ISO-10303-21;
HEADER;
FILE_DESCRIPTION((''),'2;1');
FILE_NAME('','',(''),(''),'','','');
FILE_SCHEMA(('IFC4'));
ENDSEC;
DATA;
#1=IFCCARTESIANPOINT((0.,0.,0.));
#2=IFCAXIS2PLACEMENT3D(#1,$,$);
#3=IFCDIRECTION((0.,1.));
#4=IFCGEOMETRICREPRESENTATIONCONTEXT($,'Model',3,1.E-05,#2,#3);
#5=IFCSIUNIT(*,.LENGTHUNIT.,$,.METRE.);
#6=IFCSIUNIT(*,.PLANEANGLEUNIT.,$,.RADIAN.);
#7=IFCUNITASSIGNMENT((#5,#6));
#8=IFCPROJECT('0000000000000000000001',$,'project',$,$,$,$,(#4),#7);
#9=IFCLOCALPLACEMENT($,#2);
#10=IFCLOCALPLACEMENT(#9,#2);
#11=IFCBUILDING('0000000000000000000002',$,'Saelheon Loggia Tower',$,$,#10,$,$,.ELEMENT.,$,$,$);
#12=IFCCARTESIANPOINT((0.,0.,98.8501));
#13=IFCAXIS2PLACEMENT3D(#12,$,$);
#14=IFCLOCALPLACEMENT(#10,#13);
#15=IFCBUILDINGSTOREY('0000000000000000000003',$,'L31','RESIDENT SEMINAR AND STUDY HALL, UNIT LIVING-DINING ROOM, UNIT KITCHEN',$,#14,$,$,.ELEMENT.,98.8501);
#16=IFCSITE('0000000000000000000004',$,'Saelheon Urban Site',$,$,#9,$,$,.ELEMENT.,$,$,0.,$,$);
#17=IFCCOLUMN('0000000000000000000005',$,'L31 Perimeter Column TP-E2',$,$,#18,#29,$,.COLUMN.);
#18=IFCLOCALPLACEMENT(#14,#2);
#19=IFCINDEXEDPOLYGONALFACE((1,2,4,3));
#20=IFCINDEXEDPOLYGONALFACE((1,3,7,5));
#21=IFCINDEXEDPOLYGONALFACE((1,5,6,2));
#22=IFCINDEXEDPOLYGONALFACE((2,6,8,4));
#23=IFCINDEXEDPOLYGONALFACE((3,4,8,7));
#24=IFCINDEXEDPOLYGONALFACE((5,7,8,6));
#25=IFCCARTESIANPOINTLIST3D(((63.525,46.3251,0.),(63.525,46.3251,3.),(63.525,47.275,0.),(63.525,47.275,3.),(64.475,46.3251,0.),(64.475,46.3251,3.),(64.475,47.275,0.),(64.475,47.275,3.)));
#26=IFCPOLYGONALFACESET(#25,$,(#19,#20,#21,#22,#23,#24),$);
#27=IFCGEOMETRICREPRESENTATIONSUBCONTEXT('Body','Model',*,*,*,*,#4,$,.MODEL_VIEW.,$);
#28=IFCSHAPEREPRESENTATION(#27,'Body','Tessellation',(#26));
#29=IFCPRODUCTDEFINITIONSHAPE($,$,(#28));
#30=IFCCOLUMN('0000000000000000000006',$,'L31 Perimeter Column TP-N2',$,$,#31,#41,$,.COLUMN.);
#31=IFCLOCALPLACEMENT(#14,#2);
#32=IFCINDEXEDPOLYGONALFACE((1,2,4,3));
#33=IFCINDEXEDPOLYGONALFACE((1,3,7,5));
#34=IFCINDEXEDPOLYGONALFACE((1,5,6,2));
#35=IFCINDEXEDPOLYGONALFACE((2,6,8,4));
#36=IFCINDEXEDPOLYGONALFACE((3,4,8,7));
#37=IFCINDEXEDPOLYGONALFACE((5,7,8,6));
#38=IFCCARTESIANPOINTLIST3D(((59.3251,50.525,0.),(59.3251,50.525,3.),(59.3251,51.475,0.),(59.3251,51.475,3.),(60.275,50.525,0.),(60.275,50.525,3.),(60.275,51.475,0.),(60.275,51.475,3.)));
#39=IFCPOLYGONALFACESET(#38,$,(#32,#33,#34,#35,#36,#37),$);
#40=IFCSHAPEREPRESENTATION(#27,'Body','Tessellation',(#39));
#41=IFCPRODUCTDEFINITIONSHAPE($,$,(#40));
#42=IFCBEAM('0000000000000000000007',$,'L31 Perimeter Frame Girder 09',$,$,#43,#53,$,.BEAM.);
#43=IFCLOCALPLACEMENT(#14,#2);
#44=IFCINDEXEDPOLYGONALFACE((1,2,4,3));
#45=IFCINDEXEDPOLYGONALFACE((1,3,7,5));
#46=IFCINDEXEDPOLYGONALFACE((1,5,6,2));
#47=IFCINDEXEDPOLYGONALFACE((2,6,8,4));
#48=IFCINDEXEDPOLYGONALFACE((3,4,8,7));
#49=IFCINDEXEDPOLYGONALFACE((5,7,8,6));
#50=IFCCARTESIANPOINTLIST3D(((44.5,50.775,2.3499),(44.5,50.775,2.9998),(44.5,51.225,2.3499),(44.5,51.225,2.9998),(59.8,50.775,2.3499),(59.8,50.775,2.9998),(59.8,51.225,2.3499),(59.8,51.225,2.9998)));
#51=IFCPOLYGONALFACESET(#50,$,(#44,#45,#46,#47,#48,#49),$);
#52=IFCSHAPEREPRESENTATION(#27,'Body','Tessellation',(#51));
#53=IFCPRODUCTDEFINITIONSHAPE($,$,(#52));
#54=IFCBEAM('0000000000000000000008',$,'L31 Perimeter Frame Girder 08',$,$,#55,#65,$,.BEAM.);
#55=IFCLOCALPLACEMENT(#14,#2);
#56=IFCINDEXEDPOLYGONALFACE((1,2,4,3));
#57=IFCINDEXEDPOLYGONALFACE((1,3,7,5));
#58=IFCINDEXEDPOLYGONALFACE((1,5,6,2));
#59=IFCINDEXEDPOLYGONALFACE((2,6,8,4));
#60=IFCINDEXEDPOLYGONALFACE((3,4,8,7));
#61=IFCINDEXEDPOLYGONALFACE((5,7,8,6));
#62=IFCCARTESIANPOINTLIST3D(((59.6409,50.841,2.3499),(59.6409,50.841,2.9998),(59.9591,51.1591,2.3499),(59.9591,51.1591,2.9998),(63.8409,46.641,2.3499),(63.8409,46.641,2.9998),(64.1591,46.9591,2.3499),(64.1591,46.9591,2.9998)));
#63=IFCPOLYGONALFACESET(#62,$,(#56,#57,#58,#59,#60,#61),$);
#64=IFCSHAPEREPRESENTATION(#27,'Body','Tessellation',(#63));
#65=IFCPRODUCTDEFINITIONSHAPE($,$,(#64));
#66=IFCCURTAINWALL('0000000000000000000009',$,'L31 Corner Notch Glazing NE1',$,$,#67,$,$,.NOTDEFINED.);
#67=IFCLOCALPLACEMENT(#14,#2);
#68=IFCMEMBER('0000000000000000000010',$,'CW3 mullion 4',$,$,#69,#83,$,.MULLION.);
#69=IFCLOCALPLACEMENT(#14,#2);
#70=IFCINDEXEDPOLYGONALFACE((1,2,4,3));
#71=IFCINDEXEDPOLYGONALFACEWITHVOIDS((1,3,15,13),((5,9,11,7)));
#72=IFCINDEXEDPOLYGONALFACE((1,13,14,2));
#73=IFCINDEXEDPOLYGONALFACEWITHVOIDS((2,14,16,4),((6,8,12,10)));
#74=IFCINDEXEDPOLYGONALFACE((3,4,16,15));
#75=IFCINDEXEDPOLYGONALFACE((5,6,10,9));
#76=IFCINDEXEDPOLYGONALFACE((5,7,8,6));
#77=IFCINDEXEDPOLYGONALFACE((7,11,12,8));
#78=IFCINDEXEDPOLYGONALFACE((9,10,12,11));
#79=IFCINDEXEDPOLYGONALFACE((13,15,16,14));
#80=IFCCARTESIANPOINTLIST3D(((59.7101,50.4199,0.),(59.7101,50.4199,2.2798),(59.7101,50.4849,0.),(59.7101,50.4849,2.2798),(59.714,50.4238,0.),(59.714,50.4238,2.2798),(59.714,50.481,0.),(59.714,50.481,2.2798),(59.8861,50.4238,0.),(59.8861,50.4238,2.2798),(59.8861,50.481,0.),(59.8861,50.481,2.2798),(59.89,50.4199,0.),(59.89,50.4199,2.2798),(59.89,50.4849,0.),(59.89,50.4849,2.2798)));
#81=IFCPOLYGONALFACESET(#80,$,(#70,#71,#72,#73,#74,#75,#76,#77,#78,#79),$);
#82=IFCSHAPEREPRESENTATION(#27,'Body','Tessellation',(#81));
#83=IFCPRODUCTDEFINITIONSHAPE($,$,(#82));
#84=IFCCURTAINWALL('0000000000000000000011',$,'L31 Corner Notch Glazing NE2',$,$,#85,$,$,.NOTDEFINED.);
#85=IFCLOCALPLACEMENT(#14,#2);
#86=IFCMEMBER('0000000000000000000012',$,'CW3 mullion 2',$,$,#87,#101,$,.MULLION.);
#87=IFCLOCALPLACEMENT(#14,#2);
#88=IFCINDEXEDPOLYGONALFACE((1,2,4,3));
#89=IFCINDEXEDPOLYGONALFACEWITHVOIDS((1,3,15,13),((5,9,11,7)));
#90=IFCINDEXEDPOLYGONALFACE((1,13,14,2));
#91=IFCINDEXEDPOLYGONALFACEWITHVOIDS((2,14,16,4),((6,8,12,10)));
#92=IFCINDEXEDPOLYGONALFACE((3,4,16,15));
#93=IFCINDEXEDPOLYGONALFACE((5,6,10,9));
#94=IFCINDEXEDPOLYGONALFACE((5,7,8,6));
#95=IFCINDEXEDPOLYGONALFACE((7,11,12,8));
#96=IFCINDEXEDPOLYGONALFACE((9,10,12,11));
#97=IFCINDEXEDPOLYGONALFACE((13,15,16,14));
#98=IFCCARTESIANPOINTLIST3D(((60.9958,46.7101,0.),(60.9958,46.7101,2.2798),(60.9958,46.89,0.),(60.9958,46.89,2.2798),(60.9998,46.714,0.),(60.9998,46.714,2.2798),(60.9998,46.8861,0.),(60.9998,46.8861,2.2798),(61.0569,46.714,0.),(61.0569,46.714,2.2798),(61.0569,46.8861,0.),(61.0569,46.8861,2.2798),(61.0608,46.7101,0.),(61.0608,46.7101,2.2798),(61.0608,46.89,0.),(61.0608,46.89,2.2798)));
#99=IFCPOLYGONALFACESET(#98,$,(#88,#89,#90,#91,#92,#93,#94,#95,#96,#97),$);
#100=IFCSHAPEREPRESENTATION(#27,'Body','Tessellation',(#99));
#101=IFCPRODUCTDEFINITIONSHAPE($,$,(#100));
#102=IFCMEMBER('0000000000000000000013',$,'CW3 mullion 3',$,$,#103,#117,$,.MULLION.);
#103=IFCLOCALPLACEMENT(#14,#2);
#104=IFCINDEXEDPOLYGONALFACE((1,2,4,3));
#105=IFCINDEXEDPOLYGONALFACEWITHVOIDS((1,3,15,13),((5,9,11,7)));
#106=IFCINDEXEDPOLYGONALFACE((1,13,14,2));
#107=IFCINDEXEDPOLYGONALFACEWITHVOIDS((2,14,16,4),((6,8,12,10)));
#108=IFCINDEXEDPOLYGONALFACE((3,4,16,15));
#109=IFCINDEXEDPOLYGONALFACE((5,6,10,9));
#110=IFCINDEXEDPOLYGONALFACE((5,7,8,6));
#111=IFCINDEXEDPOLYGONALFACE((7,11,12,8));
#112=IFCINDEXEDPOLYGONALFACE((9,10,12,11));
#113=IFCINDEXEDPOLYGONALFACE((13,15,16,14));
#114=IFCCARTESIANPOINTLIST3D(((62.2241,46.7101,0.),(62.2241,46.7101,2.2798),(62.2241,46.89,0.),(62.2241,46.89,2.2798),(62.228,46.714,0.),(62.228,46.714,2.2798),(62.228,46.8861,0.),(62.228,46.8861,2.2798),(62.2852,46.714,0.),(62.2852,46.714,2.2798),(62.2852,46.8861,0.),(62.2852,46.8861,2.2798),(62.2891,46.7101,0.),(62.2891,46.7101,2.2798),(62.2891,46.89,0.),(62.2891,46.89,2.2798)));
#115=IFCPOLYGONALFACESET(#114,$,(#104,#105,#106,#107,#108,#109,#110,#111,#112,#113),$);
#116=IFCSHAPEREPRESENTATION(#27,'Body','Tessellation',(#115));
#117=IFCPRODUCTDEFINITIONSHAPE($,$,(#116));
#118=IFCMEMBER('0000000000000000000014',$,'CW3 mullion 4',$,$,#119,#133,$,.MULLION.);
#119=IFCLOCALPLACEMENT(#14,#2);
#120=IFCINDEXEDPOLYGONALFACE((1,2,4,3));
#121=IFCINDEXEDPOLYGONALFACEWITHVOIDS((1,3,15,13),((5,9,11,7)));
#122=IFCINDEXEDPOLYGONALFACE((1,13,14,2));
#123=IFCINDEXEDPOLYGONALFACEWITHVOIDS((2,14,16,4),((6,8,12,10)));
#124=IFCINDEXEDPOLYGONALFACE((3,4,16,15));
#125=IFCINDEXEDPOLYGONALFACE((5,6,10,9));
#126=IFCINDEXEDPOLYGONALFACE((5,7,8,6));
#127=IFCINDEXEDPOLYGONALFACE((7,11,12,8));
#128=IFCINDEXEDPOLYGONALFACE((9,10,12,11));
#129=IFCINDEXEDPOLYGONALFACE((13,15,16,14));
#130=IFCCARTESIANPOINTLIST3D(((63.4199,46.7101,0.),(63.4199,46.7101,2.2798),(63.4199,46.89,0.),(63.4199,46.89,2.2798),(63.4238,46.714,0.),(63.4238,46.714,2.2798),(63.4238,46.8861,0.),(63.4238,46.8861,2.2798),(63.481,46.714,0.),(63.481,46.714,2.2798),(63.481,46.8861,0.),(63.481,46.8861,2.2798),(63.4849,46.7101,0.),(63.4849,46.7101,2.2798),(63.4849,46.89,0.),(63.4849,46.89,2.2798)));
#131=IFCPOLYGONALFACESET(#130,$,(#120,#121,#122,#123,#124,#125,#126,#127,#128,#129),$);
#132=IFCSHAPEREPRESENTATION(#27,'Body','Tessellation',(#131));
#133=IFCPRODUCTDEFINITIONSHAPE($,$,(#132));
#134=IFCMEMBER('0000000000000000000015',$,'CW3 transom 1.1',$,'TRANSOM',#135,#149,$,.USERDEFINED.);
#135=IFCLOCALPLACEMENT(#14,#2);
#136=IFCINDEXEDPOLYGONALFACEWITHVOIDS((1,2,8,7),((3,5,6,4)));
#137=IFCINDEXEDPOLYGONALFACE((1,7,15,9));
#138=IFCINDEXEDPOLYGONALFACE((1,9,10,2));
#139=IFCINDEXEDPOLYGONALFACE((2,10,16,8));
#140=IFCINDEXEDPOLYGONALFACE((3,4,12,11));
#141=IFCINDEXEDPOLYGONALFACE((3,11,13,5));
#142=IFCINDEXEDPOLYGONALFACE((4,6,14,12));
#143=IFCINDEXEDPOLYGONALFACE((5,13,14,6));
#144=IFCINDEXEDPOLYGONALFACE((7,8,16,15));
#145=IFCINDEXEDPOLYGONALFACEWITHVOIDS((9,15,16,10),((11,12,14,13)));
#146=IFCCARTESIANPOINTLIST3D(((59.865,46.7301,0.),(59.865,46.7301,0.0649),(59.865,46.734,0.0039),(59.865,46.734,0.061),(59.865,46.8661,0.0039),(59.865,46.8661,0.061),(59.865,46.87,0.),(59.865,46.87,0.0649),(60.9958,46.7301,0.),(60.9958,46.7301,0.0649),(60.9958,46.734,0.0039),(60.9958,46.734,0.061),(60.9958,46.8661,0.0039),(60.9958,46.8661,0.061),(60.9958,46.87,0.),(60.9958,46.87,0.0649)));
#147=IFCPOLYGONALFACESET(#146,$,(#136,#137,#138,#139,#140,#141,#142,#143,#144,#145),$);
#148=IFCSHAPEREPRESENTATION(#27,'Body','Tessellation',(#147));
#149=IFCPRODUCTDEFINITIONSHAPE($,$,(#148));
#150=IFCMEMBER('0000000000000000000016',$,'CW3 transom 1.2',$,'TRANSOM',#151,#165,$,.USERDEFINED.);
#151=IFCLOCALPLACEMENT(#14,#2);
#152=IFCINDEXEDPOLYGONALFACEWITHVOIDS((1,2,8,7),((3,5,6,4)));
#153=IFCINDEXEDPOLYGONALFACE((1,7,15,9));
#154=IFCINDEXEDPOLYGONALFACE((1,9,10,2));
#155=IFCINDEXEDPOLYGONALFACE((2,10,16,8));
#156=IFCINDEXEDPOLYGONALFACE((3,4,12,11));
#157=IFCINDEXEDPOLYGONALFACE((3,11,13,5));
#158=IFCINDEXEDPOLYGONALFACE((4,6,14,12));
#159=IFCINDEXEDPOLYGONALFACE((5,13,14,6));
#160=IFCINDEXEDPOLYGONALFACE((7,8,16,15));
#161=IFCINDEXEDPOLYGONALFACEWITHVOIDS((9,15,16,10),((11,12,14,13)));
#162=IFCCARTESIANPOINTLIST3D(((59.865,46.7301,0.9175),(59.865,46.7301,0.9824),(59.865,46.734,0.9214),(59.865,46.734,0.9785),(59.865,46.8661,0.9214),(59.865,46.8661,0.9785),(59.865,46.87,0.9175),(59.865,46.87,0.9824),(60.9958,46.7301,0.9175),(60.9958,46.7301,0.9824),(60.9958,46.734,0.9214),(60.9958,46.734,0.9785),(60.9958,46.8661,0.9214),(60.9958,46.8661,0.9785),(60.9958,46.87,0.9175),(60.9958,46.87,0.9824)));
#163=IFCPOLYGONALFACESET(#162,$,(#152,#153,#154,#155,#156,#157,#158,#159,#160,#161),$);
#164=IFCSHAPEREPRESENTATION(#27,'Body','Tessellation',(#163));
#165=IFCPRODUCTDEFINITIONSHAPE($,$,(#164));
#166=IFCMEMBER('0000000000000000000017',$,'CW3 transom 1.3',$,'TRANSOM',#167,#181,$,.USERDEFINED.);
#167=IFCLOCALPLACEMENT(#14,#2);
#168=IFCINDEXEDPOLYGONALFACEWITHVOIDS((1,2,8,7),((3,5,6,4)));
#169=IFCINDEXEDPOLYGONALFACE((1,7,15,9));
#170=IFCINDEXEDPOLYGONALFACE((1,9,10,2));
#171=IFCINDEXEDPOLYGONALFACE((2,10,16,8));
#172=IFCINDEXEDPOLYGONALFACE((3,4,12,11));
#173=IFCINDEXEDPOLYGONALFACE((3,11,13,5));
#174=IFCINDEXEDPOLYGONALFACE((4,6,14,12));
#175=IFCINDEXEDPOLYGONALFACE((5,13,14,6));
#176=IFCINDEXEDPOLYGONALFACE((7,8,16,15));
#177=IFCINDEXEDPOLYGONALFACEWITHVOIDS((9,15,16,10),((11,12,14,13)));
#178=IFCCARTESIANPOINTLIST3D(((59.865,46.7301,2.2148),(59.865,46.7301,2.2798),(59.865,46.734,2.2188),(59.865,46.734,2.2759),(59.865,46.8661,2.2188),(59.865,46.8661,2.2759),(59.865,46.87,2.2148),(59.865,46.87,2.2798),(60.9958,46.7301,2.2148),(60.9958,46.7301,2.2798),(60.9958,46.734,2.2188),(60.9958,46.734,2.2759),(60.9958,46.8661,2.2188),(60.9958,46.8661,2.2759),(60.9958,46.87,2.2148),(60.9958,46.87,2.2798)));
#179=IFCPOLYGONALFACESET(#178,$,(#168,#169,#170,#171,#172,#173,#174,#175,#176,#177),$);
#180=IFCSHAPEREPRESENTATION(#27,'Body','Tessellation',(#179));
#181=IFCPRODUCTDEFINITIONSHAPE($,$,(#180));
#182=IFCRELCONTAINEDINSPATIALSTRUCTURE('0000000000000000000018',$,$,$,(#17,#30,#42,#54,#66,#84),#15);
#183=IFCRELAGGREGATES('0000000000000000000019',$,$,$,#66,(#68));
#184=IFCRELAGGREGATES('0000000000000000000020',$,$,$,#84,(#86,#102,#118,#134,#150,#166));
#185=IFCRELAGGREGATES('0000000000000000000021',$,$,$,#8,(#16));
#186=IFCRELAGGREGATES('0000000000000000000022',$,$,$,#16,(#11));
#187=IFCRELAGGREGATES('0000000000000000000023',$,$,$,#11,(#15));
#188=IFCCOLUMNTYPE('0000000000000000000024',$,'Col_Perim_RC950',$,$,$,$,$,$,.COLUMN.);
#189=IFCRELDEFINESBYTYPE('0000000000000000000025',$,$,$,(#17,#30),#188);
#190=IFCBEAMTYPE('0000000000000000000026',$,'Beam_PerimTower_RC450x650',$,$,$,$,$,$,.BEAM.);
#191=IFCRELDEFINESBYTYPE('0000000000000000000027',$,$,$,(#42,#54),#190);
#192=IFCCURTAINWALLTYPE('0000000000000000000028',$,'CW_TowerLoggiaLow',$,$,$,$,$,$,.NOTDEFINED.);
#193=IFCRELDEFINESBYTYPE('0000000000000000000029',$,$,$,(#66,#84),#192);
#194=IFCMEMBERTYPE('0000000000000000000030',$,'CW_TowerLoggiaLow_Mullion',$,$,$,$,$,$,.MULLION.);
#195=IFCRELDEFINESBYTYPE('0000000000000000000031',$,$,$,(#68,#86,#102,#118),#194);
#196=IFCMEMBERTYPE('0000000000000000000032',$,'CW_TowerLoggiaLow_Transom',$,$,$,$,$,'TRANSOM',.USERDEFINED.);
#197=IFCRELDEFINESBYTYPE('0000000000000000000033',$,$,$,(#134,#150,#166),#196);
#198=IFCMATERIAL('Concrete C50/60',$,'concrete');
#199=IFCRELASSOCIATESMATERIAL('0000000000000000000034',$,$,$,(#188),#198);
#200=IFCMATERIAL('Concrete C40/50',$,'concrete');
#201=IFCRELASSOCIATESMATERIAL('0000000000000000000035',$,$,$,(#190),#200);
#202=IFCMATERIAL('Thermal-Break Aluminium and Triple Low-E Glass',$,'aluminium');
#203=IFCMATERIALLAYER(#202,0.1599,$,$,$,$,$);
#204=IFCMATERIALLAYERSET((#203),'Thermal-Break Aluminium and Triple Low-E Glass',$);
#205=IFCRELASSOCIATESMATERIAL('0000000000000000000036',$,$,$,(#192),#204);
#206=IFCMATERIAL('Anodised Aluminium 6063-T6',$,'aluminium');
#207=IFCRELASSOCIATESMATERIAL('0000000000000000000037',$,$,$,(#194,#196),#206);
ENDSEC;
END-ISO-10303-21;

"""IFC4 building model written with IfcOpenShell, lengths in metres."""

from ifc_helpers import new_model, si_unit, direction, frame, origin, origin_2d, place, context, subcontext, project, spatial, rectangle, hollow_rectangle, extrude, source, transform, mapped, material, layer, layer_set, material_profile, profile_set, type_object, element, aggregate, save


model = new_model("IFC4")

# Units and contexts
model_context = context("Model", 3, precision=1e-05, world=origin(), true_north=direction((0.0, 1.0)))
body_context = subcontext(model_context, "Body", "Model", "MODEL_VIEW")
ifc_project = project(units=[si_unit("LENGTHUNIT", "METRE"), si_unit("PLANEANGLEUNIT", "RADIAN")], contexts=[model_context])

# Site, building, storey
site_placement = place(None, origin())
site = spatial("IfcSite", under=ifc_project, at=site_placement, Name="Saelheon Urban Site", CompositionType="ELEMENT", RefElevation=0.0)
building_placement = place(site_placement, origin())
building = spatial("IfcBuilding", under=site, at=building_placement, Name="Saelheon Loggia Tower", CompositionType="ELEMENT")
storey_placement = place(building_placement, frame((0.0, 0.0, 98.8501)))
storey = spatial("IfcBuildingStorey", under=building, at=storey_placement, Name="L31", Description="RESIDENT SEMINAR AND STUDY HALL, UNIT LIVING-DINING ROOM, UNIT KITCHEN", CompositionType="ELEMENT", Elevation=98.8501)

# Columns
ifc_material_1 = material(Name="Concrete C50/60", Category="concrete")
ifc_material_profile_1 = material_profile(ifc_material_1, rectangle(XDim=0.95, YDim=0.95, at=origin_2d()), Name="RC-950x950")
ifc_profile_set_1 = profile_set([ifc_material_profile_1], Name="Concrete C50/60")
column_type = type_object("IfcColumnType", Name="Col_Perim_RC950", PredefinedType="COLUMN", material=ifc_profile_set_1)
shared_shape_1 = source(origin(), body_context, "Body", "SweptSolid", [
    extrude(rectangle(XDim=0.95, YDim=0.95, at=origin_2d()), origin(), (0.0, 0.0, 1.0), 3.0),
])
for number, where, z_axis, x_axis, name in (
    (1, (64.0, 46.8, 0.0), (0.0, 0.0, 1.0), (1.0, 0.0, 0.0), "L31 Perimeter Column TP-E2"),
    (2, (59.8, 51.0, 0.0), (0.0, 0.0, 1.0), (1.0, 0.0, 0.0), "L31 Perimeter Column TP-N2"),
):
    element("IfcColumn", number, at=place(storey_placement, frame(where, z_axis=z_axis, x_axis=x_axis)), inside=storey, type_object=column_type, Name=name, PredefinedType="COLUMN", context=body_context, shape_type="MappedRepresentation", body=[
        mapped(shared_shape_1, transform((0.0, 0.0, 0.0), scale=1.0)),
    ])

# Beams
ifc_material_2 = material(Name="Concrete C40/50", Category="concrete")
ifc_material_profile_2 = material_profile(ifc_material_2, rectangle(XDim=0.45, YDim=0.6499, at=origin_2d()), Name="RC-450x650")
ifc_profile_set_2 = profile_set([ifc_material_profile_2], Name="Concrete C40/50")
beam_type = type_object("IfcBeamType", Name="Beam_PerimTower_RC450x650", PredefinedType="BEAM", material=ifc_profile_set_2)
shared_shape_2 = source(origin(), body_context, "Body", "SweptSolid", [
    extrude(rectangle(XDim=0.45, YDim=0.6499, at=origin_2d()), origin(), (0.0, 0.0, 1.0), 15.3),
])
beam_1_placement = place(storey_placement, frame((59.8, 51.0, 2.6748), z_axis=(-1.0, 0.0, 0.0), x_axis=(0.0, -1.0, 0.0)))
element("IfcBeam", 3, at=beam_1_placement, inside=storey, type_object=beam_type, Name="L31 Perimeter Frame Girder 09", PredefinedType="BEAM", context=body_context, shape_type="MappedRepresentation", body=[
    mapped(shared_shape_2, transform((0.0, 0.0, 0.0), scale=1.0)),
])
shared_shape_3 = source(origin(), body_context, "Body", "SweptSolid", [
    extrude(rectangle(XDim=0.45, YDim=0.6499, at=origin_2d()), origin(), (0.0, 0.0, 1.0), 5.9397),
])
beam_2_placement = place(storey_placement, frame((64.0, 46.8, 2.6748), z_axis=(-0.707107, 0.707107, 0.0), x_axis=(-0.707107, -0.707107, 0.0)))
element("IfcBeam", 4, at=beam_2_placement, inside=storey, type_object=beam_type, Name="L31 Perimeter Frame Girder 08", PredefinedType="BEAM", context=body_context, shape_type="MappedRepresentation", body=[
    mapped(shared_shape_3, transform((0.0, 0.0, 0.0), scale=1.0)),
])

# Curtain wall, member
ifc_material_3 = material(Name="Thermal-Break Aluminium and Triple Low-E Glass", Category="aluminium")
ifc_layer_1 = layer(ifc_material_3, 0.1599)
ifc_layer_set_1 = layer_set([ifc_layer_1], Name="Thermal-Break Aluminium and Triple Low-E Glass")
curtain_wall_type = type_object("IfcCurtainWallType", Name="CW_TowerLoggiaLow", PredefinedType="NOTDEFINED", material=ifc_layer_set_1)
curtain_wall_1_placement = place(storey_placement, origin())
curtain_wall_1 = element("IfcCurtainWall", 5, at=curtain_wall_1_placement, inside=storey, type_object=curtain_wall_type, Name="L31 Corner Notch Glazing NE1", PredefinedType="NOTDEFINED")
ifc_material_4 = material(Name="Anodised Aluminium 6063-T6", Category="aluminium")
ifc_material_profile_3 = material_profile(ifc_material_4, hollow_rectangle(XDim=0.0649, YDim=0.1799, WallThickness=0.0039, at=origin_2d()), Name="RHS-180x65x4")
ifc_profile_set_3 = profile_set([ifc_material_profile_3], Name="Anodised Aluminium 6063-T6")
member_type_1 = type_object("IfcMemberType", Name="CW_TowerLoggiaLow_Mullion", PredefinedType="MULLION", material=ifc_profile_set_3)
shared_shape_4 = source(origin(), body_context, "Body", "SweptSolid", [
    extrude(hollow_rectangle(XDim=0.0649, YDim=0.1799, WallThickness=0.0039, at=origin_2d()), origin(), (0.0, 0.0, 1.0), 2.2798),
])
member_1_placement = place(storey_placement, frame((59.8, 50.4524, 0.0), z_axis=(0.0, 0.0, 1.0), x_axis=(0.0, 1.0, 0.0)))
member_1 = element("IfcMember", 6, at=member_1_placement, type_object=member_type_1, Name="CW3 mullion 4", PredefinedType="MULLION", context=body_context, shape_type="MappedRepresentation", body=[
    mapped(shared_shape_4, transform((0.0, 0.0, 0.0), scale=1.0)),
])
aggregate(curtain_wall_1, [member_1])

# Curtain wall, members
curtain_wall_2_placement = place(storey_placement, origin())
curtain_wall_2 = element("IfcCurtainWall", 7, at=curtain_wall_2_placement, inside=storey, type_object=curtain_wall_type, Name="L31 Corner Notch Glazing NE2", PredefinedType="NOTDEFINED")
member_2_placement = place(storey_placement, frame((61.0283, 46.8, 0.0), z_axis=(0.0, 0.0, 1.0), x_axis=(1.0, 0.0, 0.0)))
member_2 = element("IfcMember", 8, at=member_2_placement, type_object=member_type_1, Name="CW3 mullion 2", PredefinedType="MULLION", context=body_context, shape_type="MappedRepresentation", body=[
    mapped(shared_shape_4, transform((0.0, 0.0, 0.0), scale=1.0)),
])
member_3_placement = place(storey_placement, frame((62.2566, 46.8, 0.0), z_axis=(0.0, 0.0, 1.0), x_axis=(1.0, 0.0, 0.0)))
member_3 = element("IfcMember", 9, at=member_3_placement, type_object=member_type_1, Name="CW3 mullion 3", PredefinedType="MULLION", context=body_context, shape_type="MappedRepresentation", body=[
    mapped(shared_shape_4, transform((0.0, 0.0, 0.0), scale=1.0)),
])
member_4_placement = place(storey_placement, frame((63.4524, 46.8, 0.0), z_axis=(0.0, 0.0, 1.0), x_axis=(1.0, 0.0, 0.0)))
member_4 = element("IfcMember", 10, at=member_4_placement, type_object=member_type_1, Name="CW3 mullion 4", PredefinedType="MULLION", context=body_context, shape_type="MappedRepresentation", body=[
    mapped(shared_shape_4, transform((0.0, 0.0, 0.0), scale=1.0)),
])
ifc_material_profile_4 = material_profile(ifc_material_4, hollow_rectangle(XDim=0.0649, YDim=0.1399, WallThickness=0.0039, at=origin_2d()), Name="RHS-140x65x4")
ifc_profile_set_4 = profile_set([ifc_material_profile_4], Name="Anodised Aluminium 6063-T6")
member_type_2 = type_object("IfcMemberType", Name="CW_TowerLoggiaLow_Transom", ElementType="TRANSOM", PredefinedType="USERDEFINED", material=ifc_profile_set_4)
shared_shape_5 = source(origin(), body_context, "Body", "SweptSolid", [
    extrude(hollow_rectangle(XDim=0.0649, YDim=0.1399, WallThickness=0.0039, at=origin_2d()), origin(), (0.0, 0.0, 1.0), 1.1309),
])
member_5_placement = place(storey_placement, frame((59.865, 46.8, 0.0325), z_axis=(1.0, 0.0, 0.0), x_axis=(0.0, 0.0, 1.0)))
member_5 = element("IfcMember", 11, at=member_5_placement, type_object=member_type_2, Name="CW3 transom 1.1", ObjectType="TRANSOM", PredefinedType="USERDEFINED", context=body_context, shape_type="MappedRepresentation", body=[
    mapped(shared_shape_5, transform((0.0, 0.0, 0.0), scale=1.0)),
])
member_6_placement = place(storey_placement, frame((59.865, 46.8, 0.95), z_axis=(1.0, 0.0, 0.0), x_axis=(0.0, 0.0, 1.0)))
member_6 = element("IfcMember", 12, at=member_6_placement, type_object=member_type_2, Name="CW3 transom 1.2", ObjectType="TRANSOM", PredefinedType="USERDEFINED", context=body_context, shape_type="MappedRepresentation", body=[
    mapped(shared_shape_5, transform((0.0, 0.0, 0.0), scale=1.0)),
])
member_7_placement = place(storey_placement, frame((59.865, 46.8, 2.2473), z_axis=(1.0, 0.0, 0.0), x_axis=(0.0, 0.0, 1.0)))
member_7 = element("IfcMember", 13, at=member_7_placement, type_object=member_type_2, Name="CW3 transom 1.3", ObjectType="TRANSOM", PredefinedType="USERDEFINED", context=body_context, shape_type="MappedRepresentation", body=[
    mapped(shared_shape_5, transform((0.0, 0.0, 0.0), scale=1.0)),
])
aggregate(curtain_wall_2, [member_2, member_3, member_4, member_5, member_6, member_7])

save(model, "model.ifc")
